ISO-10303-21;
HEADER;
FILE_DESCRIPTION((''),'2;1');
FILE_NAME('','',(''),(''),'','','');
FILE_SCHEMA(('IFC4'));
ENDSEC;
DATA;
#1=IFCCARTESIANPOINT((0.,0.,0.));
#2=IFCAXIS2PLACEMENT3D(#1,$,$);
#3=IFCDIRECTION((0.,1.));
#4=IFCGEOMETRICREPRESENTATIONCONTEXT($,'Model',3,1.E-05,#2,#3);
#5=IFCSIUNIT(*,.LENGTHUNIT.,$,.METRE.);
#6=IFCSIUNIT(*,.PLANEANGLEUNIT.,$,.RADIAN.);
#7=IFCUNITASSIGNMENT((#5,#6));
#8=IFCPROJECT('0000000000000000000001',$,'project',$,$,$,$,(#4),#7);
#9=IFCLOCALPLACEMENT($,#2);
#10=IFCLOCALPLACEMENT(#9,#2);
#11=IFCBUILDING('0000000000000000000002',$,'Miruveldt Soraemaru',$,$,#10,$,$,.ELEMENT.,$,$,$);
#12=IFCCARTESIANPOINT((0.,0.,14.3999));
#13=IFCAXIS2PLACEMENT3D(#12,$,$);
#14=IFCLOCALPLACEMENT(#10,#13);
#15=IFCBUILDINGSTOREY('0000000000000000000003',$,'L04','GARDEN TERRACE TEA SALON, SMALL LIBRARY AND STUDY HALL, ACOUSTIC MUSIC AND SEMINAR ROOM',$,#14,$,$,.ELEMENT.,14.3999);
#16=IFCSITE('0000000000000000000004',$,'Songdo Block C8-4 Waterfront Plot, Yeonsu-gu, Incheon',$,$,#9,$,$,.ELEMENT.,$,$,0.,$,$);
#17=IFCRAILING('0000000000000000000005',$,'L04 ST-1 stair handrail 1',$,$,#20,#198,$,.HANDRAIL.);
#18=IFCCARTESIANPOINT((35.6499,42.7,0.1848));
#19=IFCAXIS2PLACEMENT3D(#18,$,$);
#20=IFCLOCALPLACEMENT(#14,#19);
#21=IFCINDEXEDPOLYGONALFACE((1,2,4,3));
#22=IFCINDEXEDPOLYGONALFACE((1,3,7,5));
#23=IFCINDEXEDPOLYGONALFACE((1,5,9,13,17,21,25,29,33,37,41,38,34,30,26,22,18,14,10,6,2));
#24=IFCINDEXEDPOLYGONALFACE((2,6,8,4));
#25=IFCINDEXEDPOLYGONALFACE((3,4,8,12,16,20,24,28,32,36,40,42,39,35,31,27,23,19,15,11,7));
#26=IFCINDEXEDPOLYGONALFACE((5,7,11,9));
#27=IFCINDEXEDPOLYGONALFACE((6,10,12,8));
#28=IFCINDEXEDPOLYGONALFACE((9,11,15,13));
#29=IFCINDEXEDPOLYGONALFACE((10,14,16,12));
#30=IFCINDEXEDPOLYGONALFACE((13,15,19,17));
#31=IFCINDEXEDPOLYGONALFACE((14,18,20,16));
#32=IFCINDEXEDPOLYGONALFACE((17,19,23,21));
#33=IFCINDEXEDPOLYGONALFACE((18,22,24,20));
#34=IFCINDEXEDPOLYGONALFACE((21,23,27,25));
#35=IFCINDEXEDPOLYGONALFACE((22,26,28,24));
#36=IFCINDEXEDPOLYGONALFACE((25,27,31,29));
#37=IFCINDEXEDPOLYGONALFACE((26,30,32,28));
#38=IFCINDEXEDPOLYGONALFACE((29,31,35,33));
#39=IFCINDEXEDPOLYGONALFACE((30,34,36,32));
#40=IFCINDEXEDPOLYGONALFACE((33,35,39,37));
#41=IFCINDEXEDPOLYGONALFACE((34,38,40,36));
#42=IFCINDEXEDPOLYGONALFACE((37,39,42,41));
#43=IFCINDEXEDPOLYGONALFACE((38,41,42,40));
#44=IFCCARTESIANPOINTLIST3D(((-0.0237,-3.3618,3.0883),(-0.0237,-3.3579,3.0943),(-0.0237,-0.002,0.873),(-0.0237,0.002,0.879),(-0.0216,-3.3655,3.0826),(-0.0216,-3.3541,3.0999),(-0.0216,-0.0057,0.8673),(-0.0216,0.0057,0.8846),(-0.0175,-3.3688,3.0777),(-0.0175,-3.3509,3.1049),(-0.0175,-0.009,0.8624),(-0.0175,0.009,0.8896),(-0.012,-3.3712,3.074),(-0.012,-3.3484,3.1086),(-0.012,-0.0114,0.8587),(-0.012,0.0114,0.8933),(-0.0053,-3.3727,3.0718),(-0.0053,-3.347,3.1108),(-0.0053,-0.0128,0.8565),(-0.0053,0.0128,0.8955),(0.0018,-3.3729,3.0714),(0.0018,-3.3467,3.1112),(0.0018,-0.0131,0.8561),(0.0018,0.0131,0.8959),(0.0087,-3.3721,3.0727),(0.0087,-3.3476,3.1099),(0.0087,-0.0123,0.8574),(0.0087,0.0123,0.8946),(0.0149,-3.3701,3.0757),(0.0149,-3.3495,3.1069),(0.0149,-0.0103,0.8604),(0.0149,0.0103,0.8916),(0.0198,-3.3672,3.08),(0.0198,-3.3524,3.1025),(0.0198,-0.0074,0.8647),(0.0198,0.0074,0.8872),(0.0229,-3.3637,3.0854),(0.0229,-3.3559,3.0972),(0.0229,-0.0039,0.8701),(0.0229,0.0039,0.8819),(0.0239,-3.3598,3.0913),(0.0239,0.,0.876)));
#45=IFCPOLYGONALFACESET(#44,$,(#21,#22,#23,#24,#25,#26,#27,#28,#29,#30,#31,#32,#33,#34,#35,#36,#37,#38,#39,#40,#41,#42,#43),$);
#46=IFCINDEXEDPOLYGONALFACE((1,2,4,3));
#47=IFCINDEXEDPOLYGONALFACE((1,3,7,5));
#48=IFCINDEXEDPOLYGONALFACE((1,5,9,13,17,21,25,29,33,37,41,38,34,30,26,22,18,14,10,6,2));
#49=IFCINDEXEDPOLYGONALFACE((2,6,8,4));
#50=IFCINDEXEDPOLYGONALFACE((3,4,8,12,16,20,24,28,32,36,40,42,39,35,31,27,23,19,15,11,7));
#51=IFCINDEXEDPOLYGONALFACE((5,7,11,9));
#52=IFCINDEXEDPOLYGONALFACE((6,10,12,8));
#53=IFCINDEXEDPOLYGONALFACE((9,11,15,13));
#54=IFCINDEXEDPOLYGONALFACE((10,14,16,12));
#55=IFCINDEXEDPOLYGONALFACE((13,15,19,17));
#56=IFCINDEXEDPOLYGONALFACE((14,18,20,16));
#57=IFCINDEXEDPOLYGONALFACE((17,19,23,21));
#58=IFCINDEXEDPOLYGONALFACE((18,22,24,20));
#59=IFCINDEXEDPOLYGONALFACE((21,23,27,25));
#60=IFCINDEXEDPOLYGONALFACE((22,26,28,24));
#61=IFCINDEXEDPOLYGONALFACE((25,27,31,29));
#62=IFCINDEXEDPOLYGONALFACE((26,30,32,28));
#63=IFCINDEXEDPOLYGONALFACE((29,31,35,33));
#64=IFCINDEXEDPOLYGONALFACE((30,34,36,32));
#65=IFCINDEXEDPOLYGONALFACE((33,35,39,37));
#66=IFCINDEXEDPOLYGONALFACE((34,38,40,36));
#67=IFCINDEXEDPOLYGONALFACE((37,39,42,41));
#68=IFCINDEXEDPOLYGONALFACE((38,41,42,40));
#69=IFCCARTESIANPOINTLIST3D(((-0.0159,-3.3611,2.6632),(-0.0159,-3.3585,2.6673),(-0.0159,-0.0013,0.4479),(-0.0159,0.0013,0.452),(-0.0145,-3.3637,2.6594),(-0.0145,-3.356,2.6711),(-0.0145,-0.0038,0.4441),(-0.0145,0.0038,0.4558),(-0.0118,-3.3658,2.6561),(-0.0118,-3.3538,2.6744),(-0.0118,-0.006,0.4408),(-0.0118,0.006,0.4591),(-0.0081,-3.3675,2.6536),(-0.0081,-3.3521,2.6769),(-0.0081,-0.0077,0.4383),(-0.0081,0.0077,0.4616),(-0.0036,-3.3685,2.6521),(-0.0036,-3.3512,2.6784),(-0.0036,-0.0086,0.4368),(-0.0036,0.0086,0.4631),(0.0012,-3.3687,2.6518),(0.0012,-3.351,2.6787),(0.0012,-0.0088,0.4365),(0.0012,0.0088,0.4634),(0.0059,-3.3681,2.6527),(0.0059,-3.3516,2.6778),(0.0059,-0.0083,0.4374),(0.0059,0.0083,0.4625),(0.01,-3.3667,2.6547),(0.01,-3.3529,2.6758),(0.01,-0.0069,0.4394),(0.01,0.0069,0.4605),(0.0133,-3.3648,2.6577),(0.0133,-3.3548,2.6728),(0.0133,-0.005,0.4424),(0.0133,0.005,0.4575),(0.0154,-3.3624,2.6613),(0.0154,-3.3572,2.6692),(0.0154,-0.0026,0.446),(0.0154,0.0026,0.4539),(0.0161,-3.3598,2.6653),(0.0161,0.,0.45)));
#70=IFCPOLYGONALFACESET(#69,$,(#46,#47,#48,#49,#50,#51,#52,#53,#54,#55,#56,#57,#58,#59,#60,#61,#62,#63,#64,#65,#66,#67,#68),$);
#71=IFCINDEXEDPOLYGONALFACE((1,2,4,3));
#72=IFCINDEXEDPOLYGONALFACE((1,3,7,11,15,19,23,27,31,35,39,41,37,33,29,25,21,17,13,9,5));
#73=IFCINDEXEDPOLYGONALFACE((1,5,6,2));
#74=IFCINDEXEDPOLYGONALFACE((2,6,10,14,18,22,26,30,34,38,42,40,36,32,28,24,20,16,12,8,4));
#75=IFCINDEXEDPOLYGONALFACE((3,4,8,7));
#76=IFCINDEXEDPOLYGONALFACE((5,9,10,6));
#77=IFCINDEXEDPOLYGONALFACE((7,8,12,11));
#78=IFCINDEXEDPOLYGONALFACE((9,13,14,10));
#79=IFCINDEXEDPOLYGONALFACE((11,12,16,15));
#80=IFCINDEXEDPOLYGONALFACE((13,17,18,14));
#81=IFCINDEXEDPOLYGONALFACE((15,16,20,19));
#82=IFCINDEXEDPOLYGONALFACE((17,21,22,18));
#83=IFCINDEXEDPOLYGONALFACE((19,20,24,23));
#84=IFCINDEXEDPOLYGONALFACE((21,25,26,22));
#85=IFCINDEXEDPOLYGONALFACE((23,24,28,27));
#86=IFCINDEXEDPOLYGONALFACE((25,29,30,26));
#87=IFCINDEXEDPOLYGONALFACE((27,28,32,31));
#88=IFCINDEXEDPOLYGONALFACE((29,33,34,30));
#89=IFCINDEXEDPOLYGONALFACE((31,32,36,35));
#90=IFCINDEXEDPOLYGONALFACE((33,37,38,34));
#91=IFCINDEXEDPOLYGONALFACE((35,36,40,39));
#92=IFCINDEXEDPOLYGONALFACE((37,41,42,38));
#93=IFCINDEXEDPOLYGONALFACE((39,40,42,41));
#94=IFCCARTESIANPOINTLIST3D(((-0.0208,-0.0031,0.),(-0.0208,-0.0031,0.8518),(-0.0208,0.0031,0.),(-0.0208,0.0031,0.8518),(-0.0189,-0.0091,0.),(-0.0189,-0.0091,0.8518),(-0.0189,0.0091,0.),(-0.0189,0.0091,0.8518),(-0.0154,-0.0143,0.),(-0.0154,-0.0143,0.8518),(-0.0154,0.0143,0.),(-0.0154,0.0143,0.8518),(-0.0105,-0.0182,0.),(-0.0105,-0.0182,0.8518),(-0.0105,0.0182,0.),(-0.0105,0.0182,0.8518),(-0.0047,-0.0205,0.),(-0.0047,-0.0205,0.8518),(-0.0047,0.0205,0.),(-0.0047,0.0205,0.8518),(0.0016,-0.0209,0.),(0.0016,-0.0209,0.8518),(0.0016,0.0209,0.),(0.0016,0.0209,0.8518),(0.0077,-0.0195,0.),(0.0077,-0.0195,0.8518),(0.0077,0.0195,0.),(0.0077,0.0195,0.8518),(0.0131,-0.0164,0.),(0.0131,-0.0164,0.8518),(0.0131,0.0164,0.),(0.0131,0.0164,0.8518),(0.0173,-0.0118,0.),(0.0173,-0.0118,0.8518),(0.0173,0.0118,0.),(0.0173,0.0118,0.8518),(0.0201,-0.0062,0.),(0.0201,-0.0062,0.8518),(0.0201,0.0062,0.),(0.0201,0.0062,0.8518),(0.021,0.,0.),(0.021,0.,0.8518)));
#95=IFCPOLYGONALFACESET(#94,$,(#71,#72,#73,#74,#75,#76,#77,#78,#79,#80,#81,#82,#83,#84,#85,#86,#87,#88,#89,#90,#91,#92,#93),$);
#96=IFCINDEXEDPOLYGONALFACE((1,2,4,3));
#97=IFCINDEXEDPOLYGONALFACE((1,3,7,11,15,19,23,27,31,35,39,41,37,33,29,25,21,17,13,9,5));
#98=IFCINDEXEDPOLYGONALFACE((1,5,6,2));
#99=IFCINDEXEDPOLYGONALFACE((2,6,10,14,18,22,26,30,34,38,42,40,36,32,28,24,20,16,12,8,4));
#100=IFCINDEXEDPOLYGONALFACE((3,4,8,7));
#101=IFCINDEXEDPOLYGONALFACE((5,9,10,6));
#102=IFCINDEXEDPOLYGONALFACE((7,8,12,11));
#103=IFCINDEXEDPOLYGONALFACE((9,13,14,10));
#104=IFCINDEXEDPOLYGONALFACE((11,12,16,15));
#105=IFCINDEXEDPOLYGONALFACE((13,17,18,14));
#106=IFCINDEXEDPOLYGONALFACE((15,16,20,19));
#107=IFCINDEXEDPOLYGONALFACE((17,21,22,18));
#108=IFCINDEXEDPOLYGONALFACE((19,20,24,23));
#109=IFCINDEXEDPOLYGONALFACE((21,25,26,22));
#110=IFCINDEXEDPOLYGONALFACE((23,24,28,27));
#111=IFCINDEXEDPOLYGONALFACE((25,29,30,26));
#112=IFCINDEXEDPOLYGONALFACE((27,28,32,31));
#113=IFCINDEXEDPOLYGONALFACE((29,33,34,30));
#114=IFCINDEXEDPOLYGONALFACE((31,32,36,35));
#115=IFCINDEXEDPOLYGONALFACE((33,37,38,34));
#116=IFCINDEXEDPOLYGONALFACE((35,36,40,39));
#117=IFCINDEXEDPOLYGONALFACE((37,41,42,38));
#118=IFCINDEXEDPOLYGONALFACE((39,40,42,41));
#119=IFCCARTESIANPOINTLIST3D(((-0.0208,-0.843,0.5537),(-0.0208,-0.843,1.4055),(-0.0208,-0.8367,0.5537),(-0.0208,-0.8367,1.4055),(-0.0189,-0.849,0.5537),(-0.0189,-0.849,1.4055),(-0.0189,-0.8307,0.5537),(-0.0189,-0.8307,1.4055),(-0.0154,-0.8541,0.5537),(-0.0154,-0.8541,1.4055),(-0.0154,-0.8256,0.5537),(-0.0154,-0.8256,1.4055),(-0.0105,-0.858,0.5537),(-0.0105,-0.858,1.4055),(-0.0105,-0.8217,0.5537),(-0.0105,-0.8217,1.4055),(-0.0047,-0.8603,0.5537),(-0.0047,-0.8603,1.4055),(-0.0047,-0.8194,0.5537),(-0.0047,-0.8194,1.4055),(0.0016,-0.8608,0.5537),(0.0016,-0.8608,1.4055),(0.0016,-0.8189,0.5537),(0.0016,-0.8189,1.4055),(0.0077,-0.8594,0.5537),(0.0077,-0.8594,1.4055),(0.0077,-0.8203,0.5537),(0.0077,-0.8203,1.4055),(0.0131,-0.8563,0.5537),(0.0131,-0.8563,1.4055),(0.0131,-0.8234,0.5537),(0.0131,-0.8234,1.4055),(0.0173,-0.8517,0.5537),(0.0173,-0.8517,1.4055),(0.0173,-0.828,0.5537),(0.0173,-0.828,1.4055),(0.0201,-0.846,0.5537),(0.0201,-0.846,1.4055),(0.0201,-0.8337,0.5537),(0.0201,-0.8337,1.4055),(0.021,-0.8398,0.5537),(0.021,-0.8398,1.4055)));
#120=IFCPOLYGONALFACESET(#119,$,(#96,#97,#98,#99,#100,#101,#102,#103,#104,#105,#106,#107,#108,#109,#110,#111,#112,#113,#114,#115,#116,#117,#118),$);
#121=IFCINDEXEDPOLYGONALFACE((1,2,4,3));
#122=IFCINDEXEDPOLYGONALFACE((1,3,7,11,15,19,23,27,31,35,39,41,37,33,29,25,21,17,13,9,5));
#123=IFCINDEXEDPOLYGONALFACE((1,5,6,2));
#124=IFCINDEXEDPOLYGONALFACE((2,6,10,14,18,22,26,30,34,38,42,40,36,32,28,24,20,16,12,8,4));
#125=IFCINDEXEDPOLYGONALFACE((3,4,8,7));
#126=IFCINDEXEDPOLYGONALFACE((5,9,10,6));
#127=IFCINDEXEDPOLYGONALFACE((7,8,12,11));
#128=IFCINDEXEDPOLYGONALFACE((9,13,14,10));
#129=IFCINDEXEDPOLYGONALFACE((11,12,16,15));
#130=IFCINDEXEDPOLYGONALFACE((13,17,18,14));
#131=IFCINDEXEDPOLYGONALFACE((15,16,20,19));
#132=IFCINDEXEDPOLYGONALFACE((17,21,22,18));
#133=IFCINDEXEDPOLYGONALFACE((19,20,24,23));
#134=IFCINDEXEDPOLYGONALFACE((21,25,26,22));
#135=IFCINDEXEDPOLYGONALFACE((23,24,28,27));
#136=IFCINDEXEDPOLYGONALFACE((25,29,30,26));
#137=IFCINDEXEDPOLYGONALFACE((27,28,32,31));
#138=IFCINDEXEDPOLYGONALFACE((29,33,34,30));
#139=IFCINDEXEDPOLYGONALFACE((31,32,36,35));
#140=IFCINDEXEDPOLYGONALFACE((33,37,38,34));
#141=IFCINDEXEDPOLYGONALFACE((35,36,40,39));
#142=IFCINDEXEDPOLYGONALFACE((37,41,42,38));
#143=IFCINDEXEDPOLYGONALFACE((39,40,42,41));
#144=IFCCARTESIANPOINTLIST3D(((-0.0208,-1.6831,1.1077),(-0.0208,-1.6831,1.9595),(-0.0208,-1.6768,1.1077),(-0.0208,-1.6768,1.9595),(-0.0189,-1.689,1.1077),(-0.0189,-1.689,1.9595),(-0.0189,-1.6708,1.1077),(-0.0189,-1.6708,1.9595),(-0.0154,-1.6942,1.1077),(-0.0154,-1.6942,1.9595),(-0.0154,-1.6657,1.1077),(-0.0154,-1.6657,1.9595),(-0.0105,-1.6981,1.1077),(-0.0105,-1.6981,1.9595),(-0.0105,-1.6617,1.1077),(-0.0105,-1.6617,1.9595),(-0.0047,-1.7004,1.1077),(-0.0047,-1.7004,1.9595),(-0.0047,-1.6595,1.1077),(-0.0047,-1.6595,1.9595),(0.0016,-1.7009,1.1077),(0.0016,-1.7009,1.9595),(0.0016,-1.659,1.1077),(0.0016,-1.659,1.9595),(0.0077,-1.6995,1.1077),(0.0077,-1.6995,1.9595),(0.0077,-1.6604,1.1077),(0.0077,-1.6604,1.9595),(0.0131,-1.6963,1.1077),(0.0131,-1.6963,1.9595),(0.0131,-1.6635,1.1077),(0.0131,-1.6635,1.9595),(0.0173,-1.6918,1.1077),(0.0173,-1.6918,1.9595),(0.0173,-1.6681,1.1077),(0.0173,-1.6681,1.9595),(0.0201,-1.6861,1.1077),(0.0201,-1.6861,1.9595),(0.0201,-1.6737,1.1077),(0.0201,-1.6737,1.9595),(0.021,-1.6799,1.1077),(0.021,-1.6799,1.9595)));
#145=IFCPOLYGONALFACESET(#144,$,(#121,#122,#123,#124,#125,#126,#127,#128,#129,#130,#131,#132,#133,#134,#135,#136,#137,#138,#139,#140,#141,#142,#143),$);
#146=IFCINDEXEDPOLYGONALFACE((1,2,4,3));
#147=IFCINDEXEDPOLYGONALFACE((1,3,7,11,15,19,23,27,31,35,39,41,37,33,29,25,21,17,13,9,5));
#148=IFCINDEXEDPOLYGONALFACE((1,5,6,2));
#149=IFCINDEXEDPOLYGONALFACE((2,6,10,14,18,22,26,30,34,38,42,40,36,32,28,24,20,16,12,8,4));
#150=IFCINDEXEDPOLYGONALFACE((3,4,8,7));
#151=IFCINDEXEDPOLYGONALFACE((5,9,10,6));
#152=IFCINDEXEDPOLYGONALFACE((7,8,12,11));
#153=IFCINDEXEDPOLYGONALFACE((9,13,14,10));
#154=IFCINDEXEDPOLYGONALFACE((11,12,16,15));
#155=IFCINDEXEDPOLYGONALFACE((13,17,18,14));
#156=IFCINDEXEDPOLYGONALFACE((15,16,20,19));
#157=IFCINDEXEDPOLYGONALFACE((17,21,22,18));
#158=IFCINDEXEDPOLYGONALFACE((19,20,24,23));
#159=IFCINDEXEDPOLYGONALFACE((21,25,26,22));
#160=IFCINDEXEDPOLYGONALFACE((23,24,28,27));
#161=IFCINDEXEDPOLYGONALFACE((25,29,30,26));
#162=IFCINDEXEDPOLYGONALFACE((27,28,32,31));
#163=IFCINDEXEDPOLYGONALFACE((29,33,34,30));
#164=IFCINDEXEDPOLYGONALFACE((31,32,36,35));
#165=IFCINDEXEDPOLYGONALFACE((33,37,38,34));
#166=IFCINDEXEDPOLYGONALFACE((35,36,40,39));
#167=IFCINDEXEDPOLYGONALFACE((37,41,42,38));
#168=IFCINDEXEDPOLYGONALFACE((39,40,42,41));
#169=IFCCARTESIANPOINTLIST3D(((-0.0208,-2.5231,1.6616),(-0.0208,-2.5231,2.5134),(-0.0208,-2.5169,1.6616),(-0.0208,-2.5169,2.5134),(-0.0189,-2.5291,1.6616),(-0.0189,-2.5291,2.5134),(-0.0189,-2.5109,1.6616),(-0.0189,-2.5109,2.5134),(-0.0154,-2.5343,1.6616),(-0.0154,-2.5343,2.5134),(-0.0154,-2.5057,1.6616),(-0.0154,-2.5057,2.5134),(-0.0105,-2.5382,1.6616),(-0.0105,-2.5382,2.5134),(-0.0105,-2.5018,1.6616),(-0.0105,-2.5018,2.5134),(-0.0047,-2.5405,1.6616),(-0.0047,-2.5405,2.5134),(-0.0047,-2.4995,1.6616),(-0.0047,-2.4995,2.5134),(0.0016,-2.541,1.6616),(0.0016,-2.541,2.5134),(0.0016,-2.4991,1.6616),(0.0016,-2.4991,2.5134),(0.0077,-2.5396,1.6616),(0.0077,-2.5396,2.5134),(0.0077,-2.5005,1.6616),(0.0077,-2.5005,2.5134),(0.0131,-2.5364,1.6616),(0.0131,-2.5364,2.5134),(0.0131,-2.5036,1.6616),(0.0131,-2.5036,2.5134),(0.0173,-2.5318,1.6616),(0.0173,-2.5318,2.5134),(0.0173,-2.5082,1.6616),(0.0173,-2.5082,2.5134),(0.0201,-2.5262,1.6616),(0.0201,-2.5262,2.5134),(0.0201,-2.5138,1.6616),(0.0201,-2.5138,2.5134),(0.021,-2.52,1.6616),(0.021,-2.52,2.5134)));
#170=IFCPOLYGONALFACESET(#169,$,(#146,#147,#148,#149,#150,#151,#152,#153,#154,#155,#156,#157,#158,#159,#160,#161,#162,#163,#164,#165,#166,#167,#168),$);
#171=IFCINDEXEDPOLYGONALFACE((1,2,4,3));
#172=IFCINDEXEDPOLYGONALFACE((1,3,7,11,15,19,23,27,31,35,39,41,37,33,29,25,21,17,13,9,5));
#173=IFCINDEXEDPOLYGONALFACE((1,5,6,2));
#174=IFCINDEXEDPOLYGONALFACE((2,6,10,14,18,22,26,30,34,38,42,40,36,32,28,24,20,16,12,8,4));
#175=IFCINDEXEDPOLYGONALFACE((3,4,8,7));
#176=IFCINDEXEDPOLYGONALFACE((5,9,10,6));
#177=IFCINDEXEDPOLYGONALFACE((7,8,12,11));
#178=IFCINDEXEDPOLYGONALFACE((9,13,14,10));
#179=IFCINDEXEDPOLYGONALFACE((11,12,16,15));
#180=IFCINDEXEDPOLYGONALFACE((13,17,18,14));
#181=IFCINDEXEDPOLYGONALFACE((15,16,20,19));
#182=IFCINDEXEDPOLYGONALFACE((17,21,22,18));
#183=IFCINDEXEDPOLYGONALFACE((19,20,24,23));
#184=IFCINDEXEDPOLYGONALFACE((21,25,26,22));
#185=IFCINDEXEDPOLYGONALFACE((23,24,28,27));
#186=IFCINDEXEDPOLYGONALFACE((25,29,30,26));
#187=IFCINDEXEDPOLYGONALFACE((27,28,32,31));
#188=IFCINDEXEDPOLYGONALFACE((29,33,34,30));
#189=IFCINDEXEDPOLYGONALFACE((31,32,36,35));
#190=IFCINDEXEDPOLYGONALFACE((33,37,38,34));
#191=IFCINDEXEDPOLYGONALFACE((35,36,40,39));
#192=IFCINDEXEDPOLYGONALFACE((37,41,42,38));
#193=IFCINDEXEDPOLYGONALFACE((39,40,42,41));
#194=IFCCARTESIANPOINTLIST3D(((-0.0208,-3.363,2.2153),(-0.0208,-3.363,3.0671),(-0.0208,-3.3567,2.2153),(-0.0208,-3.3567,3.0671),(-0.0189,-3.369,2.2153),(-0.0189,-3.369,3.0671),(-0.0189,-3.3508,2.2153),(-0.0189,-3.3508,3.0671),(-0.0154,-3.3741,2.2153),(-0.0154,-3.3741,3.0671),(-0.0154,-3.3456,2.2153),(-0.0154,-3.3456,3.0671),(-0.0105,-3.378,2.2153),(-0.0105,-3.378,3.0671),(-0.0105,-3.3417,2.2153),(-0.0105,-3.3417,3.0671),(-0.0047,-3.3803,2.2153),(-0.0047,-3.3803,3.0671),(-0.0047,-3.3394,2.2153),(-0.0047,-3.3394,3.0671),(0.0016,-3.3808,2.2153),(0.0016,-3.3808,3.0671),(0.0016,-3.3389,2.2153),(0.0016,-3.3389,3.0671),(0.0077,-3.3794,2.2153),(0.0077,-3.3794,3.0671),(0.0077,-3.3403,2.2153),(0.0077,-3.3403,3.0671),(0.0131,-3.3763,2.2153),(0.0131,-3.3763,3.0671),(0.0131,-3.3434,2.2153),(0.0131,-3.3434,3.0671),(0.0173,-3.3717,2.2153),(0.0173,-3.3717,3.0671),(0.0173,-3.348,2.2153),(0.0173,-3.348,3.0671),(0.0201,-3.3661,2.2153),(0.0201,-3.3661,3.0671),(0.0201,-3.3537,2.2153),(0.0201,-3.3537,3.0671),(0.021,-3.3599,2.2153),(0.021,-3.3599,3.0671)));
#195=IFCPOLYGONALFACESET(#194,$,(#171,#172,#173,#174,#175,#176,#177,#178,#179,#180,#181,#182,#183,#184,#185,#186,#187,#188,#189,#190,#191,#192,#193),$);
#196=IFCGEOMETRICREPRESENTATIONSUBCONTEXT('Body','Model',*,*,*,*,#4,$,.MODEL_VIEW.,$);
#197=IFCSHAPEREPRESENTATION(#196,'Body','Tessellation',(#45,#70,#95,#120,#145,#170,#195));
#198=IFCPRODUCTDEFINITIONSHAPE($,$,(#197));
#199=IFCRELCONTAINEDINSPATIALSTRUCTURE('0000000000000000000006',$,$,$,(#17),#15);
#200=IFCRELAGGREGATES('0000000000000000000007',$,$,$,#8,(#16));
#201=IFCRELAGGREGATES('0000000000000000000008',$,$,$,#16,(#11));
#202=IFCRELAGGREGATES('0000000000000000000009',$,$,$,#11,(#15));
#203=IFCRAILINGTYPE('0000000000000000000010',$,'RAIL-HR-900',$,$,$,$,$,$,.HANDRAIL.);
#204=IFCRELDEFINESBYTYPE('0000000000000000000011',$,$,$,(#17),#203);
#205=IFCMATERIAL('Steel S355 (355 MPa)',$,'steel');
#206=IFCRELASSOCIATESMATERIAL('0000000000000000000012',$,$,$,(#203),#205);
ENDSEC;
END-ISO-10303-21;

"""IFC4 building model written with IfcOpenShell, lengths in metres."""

from ifc_helpers import new_model, si_unit, direction, frame, origin, origin_2d, place, context, subcontext, project, spatial, circle, extrude, material, type_object, element, save


model = new_model("IFC4")

# Units and contexts
model_context = context("Model", 3, precision=1e-05, world=origin(), true_north=direction((0.0, 1.0)))
body_context = subcontext(model_context, "Body", "Model", "MODEL_VIEW")
ifc_project = project(units=[si_unit("LENGTHUNIT", "METRE"), si_unit("PLANEANGLEUNIT", "RADIAN")], contexts=[model_context])

# Site, building, storey
site_placement = place(None, origin())
site = spatial("IfcSite", under=ifc_project, at=site_placement, Name="Songdo Block C8-4 Waterfront Plot, Yeonsu-gu, Incheon", CompositionType="ELEMENT", RefElevation=0.0)
building_placement = place(site_placement, origin())
building = spatial("IfcBuilding", under=site, at=building_placement, Name="Miruveldt Soraemaru", CompositionType="ELEMENT")
storey_placement = place(building_placement, frame((0.0, 0.0, 14.3999)))
storey = spatial("IfcBuildingStorey", under=building, at=storey_placement, Name="L04", Description="GARDEN TERRACE TEA SALON, SMALL LIBRARY AND STUDY HALL, ACOUSTIC MUSIC AND SEMINAR ROOM", CompositionType="ELEMENT", Elevation=14.3999)

# Railing
ifc_material_1 = material(Name="Steel S355 (355 MPa)", Category="steel")
railing_type_1 = type_object("IfcRailingType", Name="RAIL-HR-900", PredefinedType="HANDRAIL", material=ifc_material_1)
railing_1_placement = place(storey_placement, frame((35.6499, 42.7, 0.1848)))
element("IfcRailing", 1, at=railing_1_placement, inside=storey, type_object=railing_type_1, Name="L04 ST-1 stair handrail 1", PredefinedType="HANDRAIL", context=body_context, shape_type="SweptSolid", body=[
    extrude(circle(Radius=0.0239, at=origin_2d()), frame((0.0, 0.0, 0.876), z_axis=(0.0, -0.834858, 0.550465), x_axis=(1.0, 0.0, 0.0)), (0.0, 0.0, 1.0), 4.0244),
    extrude(circle(Radius=0.0161, at=origin_2d()), frame((0.0, 0.0, 0.45), z_axis=(0.0, -0.834858, 0.550465), x_axis=(1.0, 0.0, 0.0)), (0.0, 0.0, 1.0), 4.0244),
    extrude(circle(Radius=0.021, at=origin_2d()), origin(), (0.0, 0.0, 1.0), 0.8518),
    extrude(circle(Radius=0.021, at=origin_2d()), frame((0.0, -0.8398, 0.5537)), (0.0, 0.0, 1.0), 0.8518),
    extrude(circle(Radius=0.021, at=origin_2d()), frame((0.0, -1.6799, 1.1077)), (0.0, 0.0, 1.0), 0.8518),
    extrude(circle(Radius=0.021, at=origin_2d()), frame((0.0, -2.52, 1.6616)), (0.0, 0.0, 1.0), 0.8518),
    extrude(circle(Radius=0.021, at=origin_2d()), frame((0.0, -3.3599, 2.2153)), (0.0, 0.0, 1.0), 0.8518),
])

save(model, "model.ifc")
